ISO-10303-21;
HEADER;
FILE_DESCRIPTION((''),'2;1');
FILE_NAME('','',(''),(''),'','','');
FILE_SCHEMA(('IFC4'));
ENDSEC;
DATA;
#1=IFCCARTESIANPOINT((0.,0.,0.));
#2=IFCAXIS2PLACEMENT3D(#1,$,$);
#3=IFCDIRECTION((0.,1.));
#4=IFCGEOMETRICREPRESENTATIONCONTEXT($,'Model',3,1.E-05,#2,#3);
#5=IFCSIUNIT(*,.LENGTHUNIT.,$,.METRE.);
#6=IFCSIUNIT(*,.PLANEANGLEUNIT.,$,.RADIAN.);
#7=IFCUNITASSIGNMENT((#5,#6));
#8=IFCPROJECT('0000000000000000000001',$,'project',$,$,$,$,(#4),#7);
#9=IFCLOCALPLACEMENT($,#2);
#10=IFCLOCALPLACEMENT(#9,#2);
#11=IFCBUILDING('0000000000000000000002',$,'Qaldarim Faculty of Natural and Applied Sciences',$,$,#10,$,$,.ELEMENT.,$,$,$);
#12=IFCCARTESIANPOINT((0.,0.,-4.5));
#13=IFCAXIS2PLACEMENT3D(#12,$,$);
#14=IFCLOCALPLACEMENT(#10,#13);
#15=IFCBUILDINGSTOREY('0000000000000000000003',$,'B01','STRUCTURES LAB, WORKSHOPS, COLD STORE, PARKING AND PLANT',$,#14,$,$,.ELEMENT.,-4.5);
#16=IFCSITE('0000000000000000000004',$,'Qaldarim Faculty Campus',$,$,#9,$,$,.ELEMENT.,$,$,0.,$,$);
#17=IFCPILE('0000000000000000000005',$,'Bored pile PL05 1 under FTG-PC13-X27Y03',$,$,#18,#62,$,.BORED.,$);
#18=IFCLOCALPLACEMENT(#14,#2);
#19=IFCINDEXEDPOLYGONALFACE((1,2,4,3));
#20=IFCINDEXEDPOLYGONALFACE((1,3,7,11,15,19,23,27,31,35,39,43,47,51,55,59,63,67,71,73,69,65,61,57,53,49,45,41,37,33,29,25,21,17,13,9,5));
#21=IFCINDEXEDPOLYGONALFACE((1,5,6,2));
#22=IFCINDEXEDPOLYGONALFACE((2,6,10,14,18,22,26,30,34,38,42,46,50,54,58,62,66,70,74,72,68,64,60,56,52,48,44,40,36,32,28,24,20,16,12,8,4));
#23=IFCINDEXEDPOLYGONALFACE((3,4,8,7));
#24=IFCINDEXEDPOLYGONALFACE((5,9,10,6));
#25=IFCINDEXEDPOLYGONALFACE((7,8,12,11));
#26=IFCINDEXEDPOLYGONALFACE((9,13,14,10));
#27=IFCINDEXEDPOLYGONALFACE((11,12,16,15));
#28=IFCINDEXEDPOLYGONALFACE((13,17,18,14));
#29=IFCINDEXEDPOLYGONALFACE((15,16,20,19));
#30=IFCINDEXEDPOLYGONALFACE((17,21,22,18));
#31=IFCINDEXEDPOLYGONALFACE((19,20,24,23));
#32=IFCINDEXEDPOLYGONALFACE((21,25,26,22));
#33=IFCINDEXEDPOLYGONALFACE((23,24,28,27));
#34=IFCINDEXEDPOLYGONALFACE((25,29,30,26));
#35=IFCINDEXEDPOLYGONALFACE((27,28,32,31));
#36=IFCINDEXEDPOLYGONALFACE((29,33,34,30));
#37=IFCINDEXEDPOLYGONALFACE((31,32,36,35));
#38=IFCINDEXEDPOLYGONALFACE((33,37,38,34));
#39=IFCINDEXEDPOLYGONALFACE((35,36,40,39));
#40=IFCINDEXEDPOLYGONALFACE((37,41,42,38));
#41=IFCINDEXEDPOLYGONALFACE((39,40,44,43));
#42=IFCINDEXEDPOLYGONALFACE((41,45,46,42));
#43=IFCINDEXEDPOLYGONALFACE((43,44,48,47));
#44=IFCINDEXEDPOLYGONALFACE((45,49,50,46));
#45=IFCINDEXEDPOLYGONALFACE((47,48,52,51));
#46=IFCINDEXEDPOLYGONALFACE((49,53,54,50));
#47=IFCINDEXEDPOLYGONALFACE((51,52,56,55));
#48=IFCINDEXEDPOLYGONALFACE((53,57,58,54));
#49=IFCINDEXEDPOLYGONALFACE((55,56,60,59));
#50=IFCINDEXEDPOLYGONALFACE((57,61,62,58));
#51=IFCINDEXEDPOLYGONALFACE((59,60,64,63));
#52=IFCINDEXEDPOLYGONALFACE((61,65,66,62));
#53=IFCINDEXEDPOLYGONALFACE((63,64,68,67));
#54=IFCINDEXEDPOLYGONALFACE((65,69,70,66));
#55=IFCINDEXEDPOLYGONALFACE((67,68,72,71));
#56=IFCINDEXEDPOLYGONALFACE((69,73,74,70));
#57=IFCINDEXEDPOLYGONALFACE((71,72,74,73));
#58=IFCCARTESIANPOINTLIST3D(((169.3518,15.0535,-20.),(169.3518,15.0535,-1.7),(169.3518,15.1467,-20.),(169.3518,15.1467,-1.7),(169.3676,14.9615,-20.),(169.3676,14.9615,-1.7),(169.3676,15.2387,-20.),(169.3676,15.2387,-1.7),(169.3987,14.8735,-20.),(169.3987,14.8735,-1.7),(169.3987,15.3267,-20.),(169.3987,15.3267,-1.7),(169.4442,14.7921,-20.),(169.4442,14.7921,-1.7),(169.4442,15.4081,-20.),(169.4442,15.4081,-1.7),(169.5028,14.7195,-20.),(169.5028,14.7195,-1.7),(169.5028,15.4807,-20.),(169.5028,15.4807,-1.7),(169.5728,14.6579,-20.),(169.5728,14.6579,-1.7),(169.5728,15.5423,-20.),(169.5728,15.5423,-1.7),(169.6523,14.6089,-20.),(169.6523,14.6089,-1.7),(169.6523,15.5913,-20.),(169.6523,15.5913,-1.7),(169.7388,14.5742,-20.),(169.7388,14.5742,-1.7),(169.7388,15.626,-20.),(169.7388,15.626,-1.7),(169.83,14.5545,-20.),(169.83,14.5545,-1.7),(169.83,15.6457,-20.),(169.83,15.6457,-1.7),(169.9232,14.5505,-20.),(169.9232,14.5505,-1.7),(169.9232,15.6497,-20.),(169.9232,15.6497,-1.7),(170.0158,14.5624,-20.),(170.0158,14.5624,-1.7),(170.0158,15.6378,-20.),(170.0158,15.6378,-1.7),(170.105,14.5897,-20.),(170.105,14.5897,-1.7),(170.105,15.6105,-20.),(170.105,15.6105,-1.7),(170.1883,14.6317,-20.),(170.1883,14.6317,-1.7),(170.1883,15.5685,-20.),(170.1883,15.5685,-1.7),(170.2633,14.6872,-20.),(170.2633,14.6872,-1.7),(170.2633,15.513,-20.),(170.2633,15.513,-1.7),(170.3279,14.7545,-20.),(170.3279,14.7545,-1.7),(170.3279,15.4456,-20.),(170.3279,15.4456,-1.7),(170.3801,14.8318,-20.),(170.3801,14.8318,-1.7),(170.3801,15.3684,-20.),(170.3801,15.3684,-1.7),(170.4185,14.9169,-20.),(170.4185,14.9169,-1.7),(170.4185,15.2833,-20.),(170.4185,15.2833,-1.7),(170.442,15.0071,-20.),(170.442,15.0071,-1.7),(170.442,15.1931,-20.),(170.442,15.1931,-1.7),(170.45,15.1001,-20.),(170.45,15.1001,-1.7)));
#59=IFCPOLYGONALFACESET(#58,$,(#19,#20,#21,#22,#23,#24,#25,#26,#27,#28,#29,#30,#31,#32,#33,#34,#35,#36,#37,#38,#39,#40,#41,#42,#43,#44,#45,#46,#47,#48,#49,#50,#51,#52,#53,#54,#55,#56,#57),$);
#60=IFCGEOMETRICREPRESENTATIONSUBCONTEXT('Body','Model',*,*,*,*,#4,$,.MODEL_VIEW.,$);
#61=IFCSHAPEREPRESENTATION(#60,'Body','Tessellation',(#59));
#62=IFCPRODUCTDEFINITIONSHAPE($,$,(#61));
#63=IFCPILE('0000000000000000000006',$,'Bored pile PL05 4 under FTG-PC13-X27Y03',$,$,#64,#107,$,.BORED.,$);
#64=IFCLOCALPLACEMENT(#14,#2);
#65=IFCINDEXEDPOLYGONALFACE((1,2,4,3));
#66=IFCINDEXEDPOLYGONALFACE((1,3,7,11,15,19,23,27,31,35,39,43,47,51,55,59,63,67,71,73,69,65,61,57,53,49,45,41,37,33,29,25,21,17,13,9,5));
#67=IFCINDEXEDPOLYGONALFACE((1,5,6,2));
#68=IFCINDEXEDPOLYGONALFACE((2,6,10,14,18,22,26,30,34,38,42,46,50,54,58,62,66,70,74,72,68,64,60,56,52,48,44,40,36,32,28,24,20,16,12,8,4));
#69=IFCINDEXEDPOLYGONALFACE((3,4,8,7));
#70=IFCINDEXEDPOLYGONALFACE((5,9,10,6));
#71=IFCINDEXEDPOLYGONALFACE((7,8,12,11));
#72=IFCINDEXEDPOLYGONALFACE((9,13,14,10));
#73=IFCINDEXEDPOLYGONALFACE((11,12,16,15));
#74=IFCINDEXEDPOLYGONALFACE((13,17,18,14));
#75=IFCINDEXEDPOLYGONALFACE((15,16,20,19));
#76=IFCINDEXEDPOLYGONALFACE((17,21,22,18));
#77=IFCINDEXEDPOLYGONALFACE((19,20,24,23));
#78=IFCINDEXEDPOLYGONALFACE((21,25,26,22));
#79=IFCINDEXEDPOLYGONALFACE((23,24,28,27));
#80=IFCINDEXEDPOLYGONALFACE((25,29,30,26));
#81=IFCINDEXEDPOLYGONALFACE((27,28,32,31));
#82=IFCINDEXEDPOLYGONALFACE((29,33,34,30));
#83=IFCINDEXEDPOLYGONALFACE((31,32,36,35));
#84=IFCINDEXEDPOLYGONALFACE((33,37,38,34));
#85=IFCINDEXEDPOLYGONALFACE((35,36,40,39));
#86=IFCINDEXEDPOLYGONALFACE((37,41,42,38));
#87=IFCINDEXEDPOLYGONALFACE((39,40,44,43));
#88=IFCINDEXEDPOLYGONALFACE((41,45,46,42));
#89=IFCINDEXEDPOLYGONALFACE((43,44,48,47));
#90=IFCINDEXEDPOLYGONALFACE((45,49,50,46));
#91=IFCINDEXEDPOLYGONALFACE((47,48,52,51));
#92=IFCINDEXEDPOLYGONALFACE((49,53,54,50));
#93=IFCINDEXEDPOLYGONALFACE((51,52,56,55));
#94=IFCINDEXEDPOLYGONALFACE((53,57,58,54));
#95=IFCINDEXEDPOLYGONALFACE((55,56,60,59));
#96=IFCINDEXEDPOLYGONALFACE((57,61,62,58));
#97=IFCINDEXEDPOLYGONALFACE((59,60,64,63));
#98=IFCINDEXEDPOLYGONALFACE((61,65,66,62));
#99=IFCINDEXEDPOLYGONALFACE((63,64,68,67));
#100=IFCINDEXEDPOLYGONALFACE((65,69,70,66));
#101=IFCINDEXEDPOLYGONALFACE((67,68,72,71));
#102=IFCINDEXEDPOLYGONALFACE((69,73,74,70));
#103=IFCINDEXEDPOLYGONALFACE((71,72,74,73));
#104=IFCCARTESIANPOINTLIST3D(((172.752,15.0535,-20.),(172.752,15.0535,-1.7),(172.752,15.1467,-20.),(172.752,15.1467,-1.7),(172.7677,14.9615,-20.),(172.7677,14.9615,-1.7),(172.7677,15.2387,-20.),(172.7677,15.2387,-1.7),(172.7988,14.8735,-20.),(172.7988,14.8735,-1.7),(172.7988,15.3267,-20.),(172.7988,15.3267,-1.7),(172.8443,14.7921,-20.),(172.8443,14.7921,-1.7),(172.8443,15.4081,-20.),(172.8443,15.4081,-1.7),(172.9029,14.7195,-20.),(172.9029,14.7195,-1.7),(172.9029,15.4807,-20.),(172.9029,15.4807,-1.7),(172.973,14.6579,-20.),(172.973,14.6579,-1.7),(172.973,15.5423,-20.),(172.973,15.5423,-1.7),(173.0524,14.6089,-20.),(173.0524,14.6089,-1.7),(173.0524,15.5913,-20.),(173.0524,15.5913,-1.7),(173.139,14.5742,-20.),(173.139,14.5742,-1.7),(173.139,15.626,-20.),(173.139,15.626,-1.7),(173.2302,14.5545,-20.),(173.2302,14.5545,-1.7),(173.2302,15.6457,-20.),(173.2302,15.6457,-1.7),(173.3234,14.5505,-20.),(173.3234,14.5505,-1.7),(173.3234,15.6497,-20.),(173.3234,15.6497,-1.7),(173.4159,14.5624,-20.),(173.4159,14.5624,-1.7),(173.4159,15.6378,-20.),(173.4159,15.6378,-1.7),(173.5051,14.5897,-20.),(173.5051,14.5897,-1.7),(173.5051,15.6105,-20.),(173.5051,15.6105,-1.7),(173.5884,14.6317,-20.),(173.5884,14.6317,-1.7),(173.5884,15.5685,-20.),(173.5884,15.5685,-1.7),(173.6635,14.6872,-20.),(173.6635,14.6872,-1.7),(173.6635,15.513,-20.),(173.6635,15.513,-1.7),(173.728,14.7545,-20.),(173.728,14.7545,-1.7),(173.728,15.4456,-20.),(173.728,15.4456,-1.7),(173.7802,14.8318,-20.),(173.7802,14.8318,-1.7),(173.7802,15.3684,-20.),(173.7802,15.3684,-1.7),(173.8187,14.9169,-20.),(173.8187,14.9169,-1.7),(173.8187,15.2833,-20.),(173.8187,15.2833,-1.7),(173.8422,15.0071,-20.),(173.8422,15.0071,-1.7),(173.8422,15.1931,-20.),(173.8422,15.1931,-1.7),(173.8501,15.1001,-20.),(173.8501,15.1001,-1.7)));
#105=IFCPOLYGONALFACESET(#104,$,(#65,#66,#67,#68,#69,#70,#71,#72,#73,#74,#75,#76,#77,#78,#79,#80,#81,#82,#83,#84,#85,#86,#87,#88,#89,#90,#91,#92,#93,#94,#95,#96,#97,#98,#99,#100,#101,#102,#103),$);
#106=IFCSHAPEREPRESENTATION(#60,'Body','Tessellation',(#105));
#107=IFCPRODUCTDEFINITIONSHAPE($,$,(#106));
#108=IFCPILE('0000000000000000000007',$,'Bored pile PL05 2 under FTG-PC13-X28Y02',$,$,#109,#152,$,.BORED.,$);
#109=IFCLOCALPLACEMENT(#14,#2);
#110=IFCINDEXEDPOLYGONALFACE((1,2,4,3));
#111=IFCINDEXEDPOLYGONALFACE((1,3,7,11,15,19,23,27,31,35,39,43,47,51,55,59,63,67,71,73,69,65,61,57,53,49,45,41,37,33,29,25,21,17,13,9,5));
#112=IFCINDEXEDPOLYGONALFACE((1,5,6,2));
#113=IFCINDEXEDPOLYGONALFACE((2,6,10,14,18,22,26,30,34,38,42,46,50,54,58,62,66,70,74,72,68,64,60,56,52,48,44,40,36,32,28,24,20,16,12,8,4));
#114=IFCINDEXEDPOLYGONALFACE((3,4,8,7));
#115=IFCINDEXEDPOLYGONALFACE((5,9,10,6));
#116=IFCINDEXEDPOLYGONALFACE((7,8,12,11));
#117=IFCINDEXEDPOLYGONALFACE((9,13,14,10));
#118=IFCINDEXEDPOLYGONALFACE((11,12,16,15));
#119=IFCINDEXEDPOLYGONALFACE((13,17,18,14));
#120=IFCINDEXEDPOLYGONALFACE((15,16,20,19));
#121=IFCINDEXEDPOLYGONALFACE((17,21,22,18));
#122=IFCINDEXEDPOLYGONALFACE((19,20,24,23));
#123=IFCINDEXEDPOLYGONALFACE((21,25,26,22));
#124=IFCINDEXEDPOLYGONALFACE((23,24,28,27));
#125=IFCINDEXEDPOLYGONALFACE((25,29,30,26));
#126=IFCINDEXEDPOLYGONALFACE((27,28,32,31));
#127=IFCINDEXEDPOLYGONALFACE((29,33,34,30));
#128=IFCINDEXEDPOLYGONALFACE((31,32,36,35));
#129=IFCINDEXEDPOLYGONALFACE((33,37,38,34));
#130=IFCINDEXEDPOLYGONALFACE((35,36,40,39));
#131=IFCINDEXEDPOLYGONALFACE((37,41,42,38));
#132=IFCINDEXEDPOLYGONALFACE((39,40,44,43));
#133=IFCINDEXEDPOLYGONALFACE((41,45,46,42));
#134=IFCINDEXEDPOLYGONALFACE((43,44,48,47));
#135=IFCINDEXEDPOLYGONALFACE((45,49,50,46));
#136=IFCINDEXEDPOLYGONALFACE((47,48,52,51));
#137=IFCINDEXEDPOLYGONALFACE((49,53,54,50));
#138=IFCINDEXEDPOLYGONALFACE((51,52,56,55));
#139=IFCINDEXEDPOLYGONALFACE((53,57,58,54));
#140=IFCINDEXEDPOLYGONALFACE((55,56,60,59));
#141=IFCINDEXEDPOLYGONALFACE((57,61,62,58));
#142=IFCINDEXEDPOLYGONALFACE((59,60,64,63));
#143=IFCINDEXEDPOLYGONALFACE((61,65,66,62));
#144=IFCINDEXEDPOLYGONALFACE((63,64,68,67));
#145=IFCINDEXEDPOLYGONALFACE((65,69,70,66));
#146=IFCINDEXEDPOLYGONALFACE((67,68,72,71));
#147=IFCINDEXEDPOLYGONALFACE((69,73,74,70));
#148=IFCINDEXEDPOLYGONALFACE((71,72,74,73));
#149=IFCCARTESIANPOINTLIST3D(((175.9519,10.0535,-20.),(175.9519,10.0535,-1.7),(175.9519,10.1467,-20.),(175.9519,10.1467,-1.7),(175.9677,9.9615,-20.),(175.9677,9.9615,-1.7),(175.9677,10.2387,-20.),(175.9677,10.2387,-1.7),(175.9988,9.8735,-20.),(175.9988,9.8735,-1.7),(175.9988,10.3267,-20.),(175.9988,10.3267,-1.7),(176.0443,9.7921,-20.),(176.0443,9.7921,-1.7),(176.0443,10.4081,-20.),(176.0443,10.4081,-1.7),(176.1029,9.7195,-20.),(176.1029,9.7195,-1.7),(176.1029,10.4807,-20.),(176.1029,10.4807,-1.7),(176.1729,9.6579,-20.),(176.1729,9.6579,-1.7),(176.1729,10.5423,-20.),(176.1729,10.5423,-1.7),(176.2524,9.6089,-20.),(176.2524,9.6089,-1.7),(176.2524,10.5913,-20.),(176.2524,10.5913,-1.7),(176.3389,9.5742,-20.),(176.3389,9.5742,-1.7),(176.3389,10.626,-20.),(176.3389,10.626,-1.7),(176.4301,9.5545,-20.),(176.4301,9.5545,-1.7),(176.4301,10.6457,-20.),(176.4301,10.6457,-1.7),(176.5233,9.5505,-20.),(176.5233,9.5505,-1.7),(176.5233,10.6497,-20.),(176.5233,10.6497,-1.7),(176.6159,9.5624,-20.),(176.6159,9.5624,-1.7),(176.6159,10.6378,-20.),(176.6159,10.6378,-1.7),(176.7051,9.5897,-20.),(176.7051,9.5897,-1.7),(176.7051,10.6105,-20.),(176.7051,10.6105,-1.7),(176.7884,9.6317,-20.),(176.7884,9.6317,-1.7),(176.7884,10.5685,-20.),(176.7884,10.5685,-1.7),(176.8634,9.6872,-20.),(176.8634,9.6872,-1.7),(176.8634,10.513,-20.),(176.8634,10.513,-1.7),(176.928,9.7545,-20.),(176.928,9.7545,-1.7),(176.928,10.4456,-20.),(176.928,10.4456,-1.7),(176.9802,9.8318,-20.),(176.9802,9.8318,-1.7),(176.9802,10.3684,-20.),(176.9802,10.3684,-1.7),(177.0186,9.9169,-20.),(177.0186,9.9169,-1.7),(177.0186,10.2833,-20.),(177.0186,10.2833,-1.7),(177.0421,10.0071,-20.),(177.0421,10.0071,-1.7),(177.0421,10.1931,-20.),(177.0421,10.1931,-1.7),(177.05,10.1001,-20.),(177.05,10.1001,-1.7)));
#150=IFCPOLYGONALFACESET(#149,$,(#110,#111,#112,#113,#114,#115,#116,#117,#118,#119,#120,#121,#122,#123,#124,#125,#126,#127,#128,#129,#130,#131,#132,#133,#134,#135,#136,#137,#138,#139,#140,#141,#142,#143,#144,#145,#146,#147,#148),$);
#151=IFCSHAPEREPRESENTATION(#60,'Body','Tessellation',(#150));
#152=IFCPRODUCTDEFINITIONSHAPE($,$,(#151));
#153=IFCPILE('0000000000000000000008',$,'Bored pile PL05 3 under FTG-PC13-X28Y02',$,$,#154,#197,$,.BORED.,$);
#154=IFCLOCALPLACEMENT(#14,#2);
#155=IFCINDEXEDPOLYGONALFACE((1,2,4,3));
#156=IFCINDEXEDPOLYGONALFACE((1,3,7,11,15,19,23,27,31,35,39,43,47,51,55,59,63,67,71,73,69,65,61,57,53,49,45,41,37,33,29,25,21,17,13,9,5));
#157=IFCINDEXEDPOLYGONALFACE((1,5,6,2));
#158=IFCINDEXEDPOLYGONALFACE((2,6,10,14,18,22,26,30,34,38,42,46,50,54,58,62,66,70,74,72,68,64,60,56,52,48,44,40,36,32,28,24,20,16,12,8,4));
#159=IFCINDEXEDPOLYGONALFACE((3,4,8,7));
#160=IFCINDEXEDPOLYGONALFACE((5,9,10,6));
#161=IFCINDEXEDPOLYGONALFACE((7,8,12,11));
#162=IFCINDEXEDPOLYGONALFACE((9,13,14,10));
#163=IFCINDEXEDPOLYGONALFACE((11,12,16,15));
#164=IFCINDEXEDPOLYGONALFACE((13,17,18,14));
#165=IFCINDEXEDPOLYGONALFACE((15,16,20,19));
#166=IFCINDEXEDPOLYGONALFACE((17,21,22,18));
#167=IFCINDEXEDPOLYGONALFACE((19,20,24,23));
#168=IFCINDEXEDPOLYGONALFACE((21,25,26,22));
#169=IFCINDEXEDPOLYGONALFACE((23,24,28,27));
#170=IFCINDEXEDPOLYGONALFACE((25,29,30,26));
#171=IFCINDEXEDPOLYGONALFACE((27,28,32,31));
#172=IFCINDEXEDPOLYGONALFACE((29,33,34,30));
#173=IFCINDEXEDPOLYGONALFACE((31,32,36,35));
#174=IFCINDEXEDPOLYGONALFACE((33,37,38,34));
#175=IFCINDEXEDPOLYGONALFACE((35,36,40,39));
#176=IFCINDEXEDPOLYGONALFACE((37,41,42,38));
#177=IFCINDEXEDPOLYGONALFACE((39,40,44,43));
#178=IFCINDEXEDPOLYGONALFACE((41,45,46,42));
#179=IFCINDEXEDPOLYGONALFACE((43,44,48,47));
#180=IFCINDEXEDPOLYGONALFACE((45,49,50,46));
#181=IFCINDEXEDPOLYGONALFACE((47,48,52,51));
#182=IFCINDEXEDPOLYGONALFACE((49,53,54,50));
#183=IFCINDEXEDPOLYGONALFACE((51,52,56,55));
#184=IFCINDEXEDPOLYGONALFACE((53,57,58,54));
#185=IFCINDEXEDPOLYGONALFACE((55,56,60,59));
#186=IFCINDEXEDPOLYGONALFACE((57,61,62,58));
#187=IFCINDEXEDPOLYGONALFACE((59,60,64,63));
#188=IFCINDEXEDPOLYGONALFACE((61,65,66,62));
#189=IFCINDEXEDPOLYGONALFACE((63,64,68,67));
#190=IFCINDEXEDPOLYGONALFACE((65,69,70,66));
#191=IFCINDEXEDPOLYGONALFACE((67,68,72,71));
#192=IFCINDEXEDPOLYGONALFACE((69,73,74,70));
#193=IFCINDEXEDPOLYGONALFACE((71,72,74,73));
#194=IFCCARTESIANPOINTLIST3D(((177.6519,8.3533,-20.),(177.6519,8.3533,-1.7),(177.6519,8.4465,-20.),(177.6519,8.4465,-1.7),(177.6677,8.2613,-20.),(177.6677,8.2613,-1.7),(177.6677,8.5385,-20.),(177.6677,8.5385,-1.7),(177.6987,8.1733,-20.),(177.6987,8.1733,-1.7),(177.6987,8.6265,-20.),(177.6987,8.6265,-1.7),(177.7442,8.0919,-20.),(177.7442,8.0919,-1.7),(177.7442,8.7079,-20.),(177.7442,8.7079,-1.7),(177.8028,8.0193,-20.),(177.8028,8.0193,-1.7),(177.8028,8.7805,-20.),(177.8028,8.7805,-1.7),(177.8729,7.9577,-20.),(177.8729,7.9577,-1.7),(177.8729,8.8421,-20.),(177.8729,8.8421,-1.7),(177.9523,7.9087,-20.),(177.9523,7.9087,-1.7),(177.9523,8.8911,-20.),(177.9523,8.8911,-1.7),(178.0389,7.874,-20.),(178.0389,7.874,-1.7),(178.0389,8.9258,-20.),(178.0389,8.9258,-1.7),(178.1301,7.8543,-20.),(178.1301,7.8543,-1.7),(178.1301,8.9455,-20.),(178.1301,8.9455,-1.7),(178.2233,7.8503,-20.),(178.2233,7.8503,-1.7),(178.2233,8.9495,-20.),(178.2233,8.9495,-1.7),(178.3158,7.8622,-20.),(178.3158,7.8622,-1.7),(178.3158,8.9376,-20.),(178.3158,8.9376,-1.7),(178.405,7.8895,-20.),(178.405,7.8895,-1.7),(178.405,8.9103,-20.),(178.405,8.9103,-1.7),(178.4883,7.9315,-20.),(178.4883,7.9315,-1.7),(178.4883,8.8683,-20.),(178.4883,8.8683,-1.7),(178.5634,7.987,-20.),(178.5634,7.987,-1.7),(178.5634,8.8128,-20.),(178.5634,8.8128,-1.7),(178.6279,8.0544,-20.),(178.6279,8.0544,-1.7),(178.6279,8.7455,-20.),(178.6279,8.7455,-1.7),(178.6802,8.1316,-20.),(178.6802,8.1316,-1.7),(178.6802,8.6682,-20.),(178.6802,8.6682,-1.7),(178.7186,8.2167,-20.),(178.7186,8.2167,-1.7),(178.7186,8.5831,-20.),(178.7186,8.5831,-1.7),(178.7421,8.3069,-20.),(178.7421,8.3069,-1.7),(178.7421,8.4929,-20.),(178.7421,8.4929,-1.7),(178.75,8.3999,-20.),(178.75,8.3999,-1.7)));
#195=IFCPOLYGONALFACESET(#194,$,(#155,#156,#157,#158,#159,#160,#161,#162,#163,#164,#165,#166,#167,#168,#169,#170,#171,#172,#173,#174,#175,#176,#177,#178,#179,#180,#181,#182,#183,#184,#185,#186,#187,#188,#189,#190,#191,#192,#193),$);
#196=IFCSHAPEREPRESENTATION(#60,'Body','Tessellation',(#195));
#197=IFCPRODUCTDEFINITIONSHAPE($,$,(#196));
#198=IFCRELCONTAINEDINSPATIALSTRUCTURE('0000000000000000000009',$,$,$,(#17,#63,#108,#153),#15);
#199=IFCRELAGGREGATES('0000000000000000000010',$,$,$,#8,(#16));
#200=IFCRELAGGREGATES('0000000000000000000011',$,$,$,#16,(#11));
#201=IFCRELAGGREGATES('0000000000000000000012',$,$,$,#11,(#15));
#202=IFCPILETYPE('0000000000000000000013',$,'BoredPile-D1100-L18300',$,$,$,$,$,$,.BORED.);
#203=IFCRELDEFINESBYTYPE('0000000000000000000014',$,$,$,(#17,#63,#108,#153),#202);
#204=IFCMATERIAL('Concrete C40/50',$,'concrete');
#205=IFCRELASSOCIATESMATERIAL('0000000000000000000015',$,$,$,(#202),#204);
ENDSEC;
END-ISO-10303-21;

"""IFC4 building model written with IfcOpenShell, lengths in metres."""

from ifc_helpers import new_model, si_unit, direction, frame, origin, origin_2d, place, context, subcontext, project, spatial, circle, extrude, material, material_profile, profile_set, type_object, element, save


model = new_model("IFC4")

# Units and contexts
model_context = context("Model", 3, precision=1e-05, world=origin(), true_north=direction((0.0, 1.0)))
body_context = subcontext(model_context, "Body", "Model", "MODEL_VIEW")
ifc_project = project(units=[si_unit("LENGTHUNIT", "METRE"), si_unit("PLANEANGLEUNIT", "RADIAN")], contexts=[model_context])

# Site, building, storey
site_placement = place(None, origin())
site = spatial("IfcSite", under=ifc_project, at=site_placement, Name="Qaldarim Faculty Campus", CompositionType="ELEMENT", RefElevation=0.0)
building_placement = place(site_placement, origin())
building = spatial("IfcBuilding", under=site, at=building_placement, Name="Qaldarim Faculty of Natural and Applied Sciences", CompositionType="ELEMENT")
storey_placement = place(building_placement, frame((0.0, 0.0, -4.5)))
storey = spatial("IfcBuildingStorey", under=building, at=storey_placement, Name="B01", Description="STRUCTURES LAB, WORKSHOPS, COLD STORE, PARKING AND PLANT", CompositionType="ELEMENT", Elevation=-4.5)

# Piles
ifc_material_1 = material(Name="Concrete C40/50", Category="concrete")
ifc_material_profile_1 = material_profile(ifc_material_1, circle(Radius=0.55, at=origin_2d()), Name="PILE-D1100")
ifc_profile_set_1 = profile_set([ifc_material_profile_1], Name="Concrete C40/50")
pile_type_1 = type_object("IfcPileType", Name="BoredPile-D1100-L18300", PredefinedType="BORED", material=ifc_profile_set_1)
for number, where, z_axis, x_axis, name in (
    (1, (169.8999, 15.1001, -1.7), (0.0, 0.0, -1.0), (1.0, 0.0, 0.0), "Bored pile PL05 1 under FTG-PC13-X27Y03"),
    (2, (173.3, 15.1001, -1.7), (0.0, 0.0, -1.0), (1.0, 0.0, 0.0), "Bored pile PL05 4 under FTG-PC13-X27Y03"),
    (3, (176.5, 10.1001, -1.7), (0.0, 0.0, -1.0), (1.0, 0.0, 0.0), "Bored pile PL05 2 under FTG-PC13-X28Y02"),
    (4, (178.2, 8.3999, -1.7), (0.0, 0.0, -1.0), (1.0, 0.0, 0.0), "Bored pile PL05 3 under FTG-PC13-X28Y02"),
):
    element("IfcPile", number, at=place(storey_placement, frame(where, z_axis=z_axis, x_axis=x_axis)), inside=storey, type_object=pile_type_1, Name=name, PredefinedType="BORED", context=body_context, shape_type="SweptSolid", body=[
        extrude(circle(Radius=0.55, at=origin_2d()), origin(), (0.0, 0.0, 1.0), 18.3),
    ])

save(model, "model.ifc")
